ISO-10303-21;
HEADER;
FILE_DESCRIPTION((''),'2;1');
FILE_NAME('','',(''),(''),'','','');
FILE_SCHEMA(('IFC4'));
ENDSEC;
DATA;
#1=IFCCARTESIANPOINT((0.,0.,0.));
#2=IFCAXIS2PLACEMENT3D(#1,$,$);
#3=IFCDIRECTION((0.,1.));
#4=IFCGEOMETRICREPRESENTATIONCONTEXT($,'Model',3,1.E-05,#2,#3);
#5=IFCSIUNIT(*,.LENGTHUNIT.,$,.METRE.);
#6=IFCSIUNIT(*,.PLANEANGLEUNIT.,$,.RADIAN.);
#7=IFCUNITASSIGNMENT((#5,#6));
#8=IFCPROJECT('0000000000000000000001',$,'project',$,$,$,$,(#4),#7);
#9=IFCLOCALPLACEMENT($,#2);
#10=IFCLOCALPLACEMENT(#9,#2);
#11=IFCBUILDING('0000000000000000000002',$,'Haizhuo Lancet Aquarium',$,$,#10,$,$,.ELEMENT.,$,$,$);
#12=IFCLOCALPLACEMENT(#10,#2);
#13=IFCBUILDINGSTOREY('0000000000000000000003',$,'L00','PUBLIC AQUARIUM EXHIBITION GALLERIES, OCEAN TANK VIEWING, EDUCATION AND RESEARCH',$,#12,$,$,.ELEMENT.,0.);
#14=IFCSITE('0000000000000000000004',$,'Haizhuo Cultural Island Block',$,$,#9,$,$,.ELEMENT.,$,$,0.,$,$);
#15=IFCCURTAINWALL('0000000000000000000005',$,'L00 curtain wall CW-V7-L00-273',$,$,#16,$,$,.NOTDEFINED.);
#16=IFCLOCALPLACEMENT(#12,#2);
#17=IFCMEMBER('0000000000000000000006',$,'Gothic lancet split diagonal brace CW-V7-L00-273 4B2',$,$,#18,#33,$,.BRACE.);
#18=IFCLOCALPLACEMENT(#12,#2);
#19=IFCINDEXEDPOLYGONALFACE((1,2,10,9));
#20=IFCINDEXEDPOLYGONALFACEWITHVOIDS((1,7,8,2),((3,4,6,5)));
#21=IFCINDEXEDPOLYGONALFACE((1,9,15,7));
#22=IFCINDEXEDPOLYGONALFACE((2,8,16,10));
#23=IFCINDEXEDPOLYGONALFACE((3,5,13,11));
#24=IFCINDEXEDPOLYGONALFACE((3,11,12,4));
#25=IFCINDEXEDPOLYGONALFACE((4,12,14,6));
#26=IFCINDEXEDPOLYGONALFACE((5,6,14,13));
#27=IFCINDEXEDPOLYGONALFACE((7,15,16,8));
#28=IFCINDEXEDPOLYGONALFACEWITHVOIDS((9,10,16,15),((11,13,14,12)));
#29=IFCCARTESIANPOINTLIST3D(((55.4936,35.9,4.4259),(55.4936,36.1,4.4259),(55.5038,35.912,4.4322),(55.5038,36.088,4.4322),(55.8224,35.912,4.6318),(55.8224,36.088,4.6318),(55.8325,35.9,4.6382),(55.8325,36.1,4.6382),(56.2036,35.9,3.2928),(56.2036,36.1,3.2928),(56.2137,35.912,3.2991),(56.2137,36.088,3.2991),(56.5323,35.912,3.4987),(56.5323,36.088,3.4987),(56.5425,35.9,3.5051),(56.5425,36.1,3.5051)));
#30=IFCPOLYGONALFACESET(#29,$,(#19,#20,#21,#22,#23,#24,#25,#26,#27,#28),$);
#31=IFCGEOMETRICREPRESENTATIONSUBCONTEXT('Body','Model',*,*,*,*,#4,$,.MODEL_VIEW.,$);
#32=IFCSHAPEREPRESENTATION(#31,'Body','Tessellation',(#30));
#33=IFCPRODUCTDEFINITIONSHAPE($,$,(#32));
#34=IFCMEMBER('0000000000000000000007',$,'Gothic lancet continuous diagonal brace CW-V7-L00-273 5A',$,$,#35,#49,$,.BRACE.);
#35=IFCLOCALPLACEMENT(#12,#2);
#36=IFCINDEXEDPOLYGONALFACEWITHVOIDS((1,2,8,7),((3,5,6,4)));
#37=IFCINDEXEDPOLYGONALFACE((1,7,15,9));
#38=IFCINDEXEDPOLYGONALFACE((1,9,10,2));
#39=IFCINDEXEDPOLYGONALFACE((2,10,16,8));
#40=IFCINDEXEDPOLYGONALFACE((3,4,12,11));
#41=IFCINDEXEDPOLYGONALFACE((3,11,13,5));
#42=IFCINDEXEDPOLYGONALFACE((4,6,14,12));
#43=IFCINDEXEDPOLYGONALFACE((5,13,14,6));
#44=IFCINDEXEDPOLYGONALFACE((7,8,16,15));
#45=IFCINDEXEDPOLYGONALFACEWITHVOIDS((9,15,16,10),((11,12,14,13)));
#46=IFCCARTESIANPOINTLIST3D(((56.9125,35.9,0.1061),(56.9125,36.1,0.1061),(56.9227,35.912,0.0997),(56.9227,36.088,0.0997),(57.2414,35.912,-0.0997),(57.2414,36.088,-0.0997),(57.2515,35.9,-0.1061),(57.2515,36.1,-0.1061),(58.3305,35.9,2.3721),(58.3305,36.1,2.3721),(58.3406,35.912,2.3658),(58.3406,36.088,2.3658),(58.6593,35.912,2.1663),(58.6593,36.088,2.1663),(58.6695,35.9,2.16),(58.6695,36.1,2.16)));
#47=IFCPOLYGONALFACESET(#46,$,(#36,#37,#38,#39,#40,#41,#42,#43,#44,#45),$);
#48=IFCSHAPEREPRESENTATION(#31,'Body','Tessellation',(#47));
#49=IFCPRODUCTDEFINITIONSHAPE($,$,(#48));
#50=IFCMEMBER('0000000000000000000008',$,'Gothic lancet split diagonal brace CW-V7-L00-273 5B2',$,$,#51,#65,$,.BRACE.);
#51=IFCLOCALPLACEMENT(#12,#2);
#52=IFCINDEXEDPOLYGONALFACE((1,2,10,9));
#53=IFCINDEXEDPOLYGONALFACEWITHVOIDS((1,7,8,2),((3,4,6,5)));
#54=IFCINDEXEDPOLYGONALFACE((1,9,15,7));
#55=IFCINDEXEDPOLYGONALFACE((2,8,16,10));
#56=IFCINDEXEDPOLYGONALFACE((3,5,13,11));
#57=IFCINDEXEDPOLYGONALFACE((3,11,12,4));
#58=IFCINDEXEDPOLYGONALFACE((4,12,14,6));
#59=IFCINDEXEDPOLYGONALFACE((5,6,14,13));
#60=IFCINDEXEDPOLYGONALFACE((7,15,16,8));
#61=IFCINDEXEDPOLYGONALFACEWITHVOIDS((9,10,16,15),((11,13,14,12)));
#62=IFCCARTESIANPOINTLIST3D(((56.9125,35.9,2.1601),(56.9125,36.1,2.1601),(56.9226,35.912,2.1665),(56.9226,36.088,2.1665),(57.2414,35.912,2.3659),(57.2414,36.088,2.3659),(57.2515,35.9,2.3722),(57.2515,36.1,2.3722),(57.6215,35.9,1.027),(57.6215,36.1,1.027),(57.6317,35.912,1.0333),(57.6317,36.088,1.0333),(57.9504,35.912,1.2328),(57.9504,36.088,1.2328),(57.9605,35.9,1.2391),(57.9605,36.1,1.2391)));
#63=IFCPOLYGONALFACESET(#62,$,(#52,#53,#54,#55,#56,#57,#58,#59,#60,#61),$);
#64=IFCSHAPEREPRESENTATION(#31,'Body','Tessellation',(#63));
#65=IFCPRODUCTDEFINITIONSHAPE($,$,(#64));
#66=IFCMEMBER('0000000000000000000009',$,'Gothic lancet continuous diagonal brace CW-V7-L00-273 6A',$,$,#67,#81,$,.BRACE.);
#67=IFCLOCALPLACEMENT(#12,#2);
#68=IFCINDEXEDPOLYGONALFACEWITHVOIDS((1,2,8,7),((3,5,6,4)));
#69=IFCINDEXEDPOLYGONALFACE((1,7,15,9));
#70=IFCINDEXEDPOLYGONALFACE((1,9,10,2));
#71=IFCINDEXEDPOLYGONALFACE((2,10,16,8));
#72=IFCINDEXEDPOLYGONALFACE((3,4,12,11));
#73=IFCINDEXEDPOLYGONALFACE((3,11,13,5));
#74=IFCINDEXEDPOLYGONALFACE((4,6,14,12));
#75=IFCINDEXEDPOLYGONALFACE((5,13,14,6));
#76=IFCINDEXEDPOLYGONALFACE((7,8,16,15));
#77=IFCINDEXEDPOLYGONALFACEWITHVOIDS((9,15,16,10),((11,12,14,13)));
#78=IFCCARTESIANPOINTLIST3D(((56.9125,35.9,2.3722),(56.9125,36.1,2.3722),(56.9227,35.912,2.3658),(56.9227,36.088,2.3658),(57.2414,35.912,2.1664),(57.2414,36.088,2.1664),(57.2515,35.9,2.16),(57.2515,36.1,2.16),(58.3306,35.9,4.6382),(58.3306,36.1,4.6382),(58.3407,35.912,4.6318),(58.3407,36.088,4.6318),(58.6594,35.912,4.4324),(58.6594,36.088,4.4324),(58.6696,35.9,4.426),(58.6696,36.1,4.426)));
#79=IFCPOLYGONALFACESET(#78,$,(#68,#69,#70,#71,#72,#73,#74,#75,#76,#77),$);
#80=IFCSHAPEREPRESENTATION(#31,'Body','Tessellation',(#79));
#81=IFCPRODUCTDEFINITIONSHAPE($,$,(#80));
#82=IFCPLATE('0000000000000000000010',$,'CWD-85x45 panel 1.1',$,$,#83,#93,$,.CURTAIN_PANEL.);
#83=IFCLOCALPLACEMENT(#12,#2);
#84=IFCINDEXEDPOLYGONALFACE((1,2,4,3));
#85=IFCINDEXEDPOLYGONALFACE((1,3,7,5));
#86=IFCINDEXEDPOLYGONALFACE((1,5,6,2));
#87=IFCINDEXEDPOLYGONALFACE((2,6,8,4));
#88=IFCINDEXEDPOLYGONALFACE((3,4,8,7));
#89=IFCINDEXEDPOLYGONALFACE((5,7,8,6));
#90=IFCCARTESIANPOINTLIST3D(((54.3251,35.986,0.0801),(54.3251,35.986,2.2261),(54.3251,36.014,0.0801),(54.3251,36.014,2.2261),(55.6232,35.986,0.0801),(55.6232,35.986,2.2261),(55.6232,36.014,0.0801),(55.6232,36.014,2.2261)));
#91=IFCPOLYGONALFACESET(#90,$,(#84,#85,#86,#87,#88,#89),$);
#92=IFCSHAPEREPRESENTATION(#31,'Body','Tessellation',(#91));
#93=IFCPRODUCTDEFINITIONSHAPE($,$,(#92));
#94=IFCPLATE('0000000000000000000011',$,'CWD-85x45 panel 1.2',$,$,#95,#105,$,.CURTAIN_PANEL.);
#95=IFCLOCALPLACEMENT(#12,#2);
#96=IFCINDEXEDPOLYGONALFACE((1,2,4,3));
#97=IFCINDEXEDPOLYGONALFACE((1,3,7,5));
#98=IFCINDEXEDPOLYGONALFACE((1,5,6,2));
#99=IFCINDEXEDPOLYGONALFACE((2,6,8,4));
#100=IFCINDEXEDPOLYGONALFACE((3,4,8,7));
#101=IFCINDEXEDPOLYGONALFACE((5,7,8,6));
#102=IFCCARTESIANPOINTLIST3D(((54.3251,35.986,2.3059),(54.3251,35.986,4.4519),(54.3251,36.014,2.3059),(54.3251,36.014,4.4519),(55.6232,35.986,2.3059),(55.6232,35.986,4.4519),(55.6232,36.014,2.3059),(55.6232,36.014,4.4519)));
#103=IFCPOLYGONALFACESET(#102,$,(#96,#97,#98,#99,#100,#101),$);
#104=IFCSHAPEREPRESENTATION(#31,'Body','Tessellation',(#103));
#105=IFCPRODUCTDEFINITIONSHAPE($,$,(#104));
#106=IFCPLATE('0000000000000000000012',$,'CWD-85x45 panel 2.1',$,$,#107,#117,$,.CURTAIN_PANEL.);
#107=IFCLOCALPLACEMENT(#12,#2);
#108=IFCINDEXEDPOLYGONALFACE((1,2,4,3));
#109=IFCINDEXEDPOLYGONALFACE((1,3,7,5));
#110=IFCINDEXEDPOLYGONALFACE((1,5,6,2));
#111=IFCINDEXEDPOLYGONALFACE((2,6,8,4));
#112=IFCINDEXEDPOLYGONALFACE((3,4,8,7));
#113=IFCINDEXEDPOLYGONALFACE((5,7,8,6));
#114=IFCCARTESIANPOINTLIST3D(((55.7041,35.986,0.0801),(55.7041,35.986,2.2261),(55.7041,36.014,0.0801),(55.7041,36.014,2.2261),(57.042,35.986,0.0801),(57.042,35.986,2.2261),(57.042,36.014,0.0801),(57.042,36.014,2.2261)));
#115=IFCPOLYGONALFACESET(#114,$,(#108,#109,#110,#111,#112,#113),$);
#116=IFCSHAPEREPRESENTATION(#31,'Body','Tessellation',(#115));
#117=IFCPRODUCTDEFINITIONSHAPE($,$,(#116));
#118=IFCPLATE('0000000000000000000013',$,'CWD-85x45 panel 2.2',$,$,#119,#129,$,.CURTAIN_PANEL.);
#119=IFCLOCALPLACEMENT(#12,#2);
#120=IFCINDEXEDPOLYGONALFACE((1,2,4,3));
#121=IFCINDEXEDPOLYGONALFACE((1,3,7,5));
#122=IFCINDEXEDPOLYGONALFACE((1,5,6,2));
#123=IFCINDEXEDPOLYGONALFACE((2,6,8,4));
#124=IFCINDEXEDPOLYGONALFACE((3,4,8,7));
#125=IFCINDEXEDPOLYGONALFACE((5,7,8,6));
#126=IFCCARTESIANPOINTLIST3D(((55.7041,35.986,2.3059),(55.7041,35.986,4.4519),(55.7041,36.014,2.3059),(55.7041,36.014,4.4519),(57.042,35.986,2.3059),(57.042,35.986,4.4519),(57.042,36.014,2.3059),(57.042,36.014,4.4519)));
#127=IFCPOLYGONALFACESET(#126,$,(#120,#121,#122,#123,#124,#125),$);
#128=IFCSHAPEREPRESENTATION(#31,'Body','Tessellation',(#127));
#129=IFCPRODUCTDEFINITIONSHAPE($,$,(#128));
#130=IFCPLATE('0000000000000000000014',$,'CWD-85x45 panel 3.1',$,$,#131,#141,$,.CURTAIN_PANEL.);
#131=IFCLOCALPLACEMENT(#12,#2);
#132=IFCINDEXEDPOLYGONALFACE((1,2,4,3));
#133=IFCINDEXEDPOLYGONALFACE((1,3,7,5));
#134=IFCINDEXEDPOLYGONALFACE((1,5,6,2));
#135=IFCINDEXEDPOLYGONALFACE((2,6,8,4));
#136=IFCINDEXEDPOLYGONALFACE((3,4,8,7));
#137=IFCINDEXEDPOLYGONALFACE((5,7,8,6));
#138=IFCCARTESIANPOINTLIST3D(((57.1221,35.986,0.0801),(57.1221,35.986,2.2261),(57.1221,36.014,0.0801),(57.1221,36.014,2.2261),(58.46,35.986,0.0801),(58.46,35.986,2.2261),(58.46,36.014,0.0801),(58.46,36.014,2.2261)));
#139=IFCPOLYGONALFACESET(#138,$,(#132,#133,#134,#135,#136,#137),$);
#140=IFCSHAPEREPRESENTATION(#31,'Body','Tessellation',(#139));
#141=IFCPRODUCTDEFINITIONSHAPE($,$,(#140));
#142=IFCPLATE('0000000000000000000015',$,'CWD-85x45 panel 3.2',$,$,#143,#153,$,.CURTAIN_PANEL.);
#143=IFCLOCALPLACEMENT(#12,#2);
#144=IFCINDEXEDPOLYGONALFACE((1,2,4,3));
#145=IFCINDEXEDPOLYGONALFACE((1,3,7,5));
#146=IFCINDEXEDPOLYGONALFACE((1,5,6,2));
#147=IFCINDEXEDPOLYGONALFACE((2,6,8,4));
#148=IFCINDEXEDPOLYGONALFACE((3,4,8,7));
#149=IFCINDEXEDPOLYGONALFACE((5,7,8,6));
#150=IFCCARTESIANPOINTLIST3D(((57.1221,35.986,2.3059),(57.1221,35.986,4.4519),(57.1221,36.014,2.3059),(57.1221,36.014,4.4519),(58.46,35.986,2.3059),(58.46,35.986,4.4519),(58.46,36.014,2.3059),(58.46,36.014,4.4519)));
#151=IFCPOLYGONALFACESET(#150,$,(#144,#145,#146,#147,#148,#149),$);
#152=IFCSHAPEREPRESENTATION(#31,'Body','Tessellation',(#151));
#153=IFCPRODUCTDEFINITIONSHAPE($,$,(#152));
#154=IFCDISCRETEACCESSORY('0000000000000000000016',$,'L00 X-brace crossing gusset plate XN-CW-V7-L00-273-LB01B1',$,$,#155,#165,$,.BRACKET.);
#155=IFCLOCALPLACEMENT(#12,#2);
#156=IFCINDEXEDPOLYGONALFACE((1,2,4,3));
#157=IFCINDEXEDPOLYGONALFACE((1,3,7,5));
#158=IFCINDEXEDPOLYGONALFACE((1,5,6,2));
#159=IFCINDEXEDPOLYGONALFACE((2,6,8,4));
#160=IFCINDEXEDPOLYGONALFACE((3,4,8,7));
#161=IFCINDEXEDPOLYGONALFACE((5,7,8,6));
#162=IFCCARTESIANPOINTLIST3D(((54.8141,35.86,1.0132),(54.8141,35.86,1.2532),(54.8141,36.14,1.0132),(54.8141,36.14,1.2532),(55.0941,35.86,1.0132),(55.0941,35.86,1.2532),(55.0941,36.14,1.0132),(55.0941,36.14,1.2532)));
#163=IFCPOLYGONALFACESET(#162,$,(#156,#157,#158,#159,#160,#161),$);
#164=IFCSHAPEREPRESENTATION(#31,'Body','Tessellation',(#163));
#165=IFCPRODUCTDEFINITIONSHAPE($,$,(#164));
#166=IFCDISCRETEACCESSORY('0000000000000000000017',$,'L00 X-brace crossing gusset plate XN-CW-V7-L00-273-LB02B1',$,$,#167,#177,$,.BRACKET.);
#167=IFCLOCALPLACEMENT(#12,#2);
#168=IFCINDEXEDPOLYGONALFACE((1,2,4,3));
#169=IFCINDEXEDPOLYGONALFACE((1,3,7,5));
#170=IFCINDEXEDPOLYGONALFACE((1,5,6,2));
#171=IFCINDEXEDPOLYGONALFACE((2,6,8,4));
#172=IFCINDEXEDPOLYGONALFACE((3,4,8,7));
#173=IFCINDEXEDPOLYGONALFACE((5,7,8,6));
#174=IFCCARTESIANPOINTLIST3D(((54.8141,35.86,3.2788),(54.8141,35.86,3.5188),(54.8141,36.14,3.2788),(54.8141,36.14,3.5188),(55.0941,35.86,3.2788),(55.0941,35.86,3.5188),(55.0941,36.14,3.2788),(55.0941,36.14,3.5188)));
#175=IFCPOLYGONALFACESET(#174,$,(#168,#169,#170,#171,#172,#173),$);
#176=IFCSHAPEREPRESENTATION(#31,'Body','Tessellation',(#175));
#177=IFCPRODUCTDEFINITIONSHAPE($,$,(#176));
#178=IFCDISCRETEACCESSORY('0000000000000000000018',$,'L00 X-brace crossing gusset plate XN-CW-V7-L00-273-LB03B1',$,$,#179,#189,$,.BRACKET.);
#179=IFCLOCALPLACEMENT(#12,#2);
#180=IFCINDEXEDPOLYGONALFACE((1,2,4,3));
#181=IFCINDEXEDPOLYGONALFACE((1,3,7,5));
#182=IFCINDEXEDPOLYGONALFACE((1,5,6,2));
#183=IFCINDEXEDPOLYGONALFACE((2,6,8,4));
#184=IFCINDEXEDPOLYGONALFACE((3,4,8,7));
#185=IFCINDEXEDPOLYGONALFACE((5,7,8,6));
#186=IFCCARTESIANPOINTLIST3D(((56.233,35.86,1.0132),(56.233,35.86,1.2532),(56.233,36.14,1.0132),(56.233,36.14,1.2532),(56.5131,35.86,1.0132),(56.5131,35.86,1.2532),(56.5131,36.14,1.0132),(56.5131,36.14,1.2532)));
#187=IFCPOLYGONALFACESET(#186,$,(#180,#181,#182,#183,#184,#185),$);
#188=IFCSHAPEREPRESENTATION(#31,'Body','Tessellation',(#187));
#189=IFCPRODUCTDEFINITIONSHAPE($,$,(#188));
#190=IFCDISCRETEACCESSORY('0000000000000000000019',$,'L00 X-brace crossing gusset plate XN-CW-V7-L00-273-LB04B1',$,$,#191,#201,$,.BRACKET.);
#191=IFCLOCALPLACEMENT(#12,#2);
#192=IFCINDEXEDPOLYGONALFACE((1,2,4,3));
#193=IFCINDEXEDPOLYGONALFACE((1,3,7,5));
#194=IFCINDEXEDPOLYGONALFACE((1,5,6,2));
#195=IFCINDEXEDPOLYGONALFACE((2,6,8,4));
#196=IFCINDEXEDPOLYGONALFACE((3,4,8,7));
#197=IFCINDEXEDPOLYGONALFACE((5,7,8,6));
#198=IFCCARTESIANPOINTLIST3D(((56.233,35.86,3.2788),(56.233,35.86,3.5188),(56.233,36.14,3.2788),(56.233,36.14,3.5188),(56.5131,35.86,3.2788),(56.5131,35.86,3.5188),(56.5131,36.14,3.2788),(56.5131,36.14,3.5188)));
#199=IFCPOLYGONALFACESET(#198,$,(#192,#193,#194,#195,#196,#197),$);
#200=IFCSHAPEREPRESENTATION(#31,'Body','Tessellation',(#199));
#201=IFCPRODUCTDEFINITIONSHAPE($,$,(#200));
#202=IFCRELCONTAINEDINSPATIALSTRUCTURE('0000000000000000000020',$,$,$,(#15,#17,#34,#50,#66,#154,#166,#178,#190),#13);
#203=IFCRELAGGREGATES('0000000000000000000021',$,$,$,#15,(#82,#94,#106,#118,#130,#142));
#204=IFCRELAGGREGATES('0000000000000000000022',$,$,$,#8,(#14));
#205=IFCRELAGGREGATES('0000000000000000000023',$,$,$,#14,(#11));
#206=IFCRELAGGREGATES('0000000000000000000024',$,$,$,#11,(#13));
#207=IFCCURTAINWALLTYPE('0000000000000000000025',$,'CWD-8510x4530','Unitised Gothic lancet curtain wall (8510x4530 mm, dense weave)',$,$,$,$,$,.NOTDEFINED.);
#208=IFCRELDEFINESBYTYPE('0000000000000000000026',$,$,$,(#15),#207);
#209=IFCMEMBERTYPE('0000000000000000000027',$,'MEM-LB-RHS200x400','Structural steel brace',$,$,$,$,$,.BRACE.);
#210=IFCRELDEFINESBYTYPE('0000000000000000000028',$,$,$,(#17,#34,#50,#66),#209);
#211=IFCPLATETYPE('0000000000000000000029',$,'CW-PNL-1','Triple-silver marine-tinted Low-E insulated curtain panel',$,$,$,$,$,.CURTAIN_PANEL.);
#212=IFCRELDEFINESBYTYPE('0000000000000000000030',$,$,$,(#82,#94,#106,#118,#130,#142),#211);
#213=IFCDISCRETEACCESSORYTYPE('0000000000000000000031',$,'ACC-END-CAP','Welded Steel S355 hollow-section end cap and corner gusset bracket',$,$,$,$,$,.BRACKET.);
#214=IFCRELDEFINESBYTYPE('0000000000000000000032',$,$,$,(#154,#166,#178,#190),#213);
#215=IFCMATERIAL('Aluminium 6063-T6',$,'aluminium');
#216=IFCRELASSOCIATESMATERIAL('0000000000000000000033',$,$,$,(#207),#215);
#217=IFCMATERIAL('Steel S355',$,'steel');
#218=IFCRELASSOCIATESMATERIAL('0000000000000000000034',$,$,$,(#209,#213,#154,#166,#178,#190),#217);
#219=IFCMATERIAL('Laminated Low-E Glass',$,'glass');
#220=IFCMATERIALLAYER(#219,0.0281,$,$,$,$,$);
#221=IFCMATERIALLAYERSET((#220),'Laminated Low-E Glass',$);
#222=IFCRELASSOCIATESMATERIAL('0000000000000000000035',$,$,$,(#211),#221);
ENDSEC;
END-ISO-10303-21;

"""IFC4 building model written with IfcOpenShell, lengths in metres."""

from ifc_helpers import new_model, si_unit, direction, frame, origin, origin_2d, place, context, subcontext, project, spatial, rectangle, hollow_rectangle, extrude, material, layer, layer_set, material_profile, profile_set, type_object, element, aggregate, save


model = new_model("IFC4")

# Units and contexts
model_context = context("Model", 3, precision=1e-05, world=origin(), true_north=direction((0.0, 1.0)))
body_context = subcontext(model_context, "Body", "Model", "MODEL_VIEW")
ifc_project = project(units=[si_unit("LENGTHUNIT", "METRE"), si_unit("PLANEANGLEUNIT", "RADIAN")], contexts=[model_context])

# Site, building, storey
site_placement = place(None, origin())
site = spatial("IfcSite", under=ifc_project, at=site_placement, Name="Haizhuo Cultural Island Block", CompositionType="ELEMENT", RefElevation=0.0)
building_placement = place(site_placement, origin())
building = spatial("IfcBuilding", under=site, at=building_placement, Name="Haizhuo Lancet Aquarium", CompositionType="ELEMENT")
storey_placement = place(building_placement, origin())
storey = spatial("IfcBuildingStorey", under=building, at=storey_placement, Name="L00", Description="PUBLIC AQUARIUM EXHIBITION GALLERIES, OCEAN TANK VIEWING, EDUCATION AND RESEARCH", CompositionType="ELEMENT", Elevation=0.0)

# Curtain wall
ifc_material_1 = material(Name="Aluminium 6063-T6", Category="aluminium")
curtain_wall_type = type_object("IfcCurtainWallType", Name="CWD-8510x4530", Description="Unitised Gothic lancet curtain wall (8510x4530 mm, dense weave)", PredefinedType="NOTDEFINED", material=ifc_material_1)
curtain_wall_placement = place(storey_placement, origin())
curtain_wall = element("IfcCurtainWall", 1, at=curtain_wall_placement, inside=storey, type_object=curtain_wall_type, Name="L00 curtain wall CW-V7-L00-273", PredefinedType="NOTDEFINED")

# Members
ifc_material_2 = material(Name="Steel S355", Category="steel")
ifc_material_profile_1 = material_profile(ifc_material_2, hollow_rectangle(XDim=0.2, YDim=0.3999, WallThickness=0.012, at=origin_2d()), Name="RHS 200x400x12")
ifc_profile_set_1 = profile_set([ifc_material_profile_1], Name="Steel S355")
member_type_1 = type_object("IfcMemberType", Name="MEM-LB-RHS200x400", Description="Structural steel brace", PredefinedType="BRACE", material=ifc_profile_set_1)
member_1_placement = place(storey_placement, frame((56.373, 36.0, 3.3989), z_axis=(-0.530967, 0.0, 0.847393), x_axis=(0.0, -1.0, 0.0)))
element("IfcMember", 2, at=member_1_placement, inside=storey, type_object=member_type_1, Name="Gothic lancet split diagonal brace CW-V7-L00-273 4B2", PredefinedType="BRACE", context=body_context, shape_type="SweptSolid", body=[
    extrude(hollow_rectangle(XDim=0.2, YDim=0.3999, WallThickness=0.012, at=origin_2d()), origin(), (0.0, 0.0, 1.0), 1.3372),
])
member_2_placement = place(storey_placement, frame((57.082, 36.0, 0.0), z_axis=(0.530442, 0.0, 0.847721), x_axis=(0.0, 1.0, 0.0)))
element("IfcMember", 3, at=member_2_placement, inside=storey, type_object=member_type_1, Name="Gothic lancet continuous diagonal brace CW-V7-L00-273 5A", PredefinedType="BRACE", context=body_context, shape_type="SweptSolid", body=[
    extrude(hollow_rectangle(XDim=0.2, YDim=0.3999, WallThickness=0.012, at=origin_2d()), origin(), (0.0, 0.0, 1.0), 2.6731),
])
member_3_placement = place(storey_placement, frame((57.791, 36.0, 1.1331), z_axis=(-0.530442, 0.0, 0.847721), x_axis=(0.0, -1.0, 0.0)))
element("IfcMember", 4, at=member_3_placement, inside=storey, type_object=member_type_1, Name="Gothic lancet split diagonal brace CW-V7-L00-273 5B2", PredefinedType="BRACE", context=body_context, shape_type="SweptSolid", body=[
    extrude(hollow_rectangle(XDim=0.2, YDim=0.3999, WallThickness=0.012, at=origin_2d()), origin(), (0.0, 0.0, 1.0), 1.3367),
])
member_4_placement = place(storey_placement, frame((57.082, 36.0, 2.2661), z_axis=(0.530483, 0.0, 0.847695), x_axis=(0.0, 1.0, 0.0)))
element("IfcMember", 5, at=member_4_placement, inside=storey, type_object=member_type_1, Name="Gothic lancet continuous diagonal brace CW-V7-L00-273 6A", PredefinedType="BRACE", context=body_context, shape_type="SweptSolid", body=[
    extrude(hollow_rectangle(XDim=0.2, YDim=0.3999, WallThickness=0.012, at=origin_2d()), origin(), (0.0, 0.0, 1.0), 2.6731),
])

# Plates
ifc_material_3 = material(Name="Laminated Low-E Glass", Category="glass")
ifc_layer = layer(ifc_material_3, 0.0281)
ifc_layer_set = layer_set([ifc_layer], Name="Laminated Low-E Glass")
plate_type = type_object("IfcPlateType", Name="CW-PNL-1", Description="Triple-silver marine-tinted Low-E insulated curtain panel", PredefinedType="CURTAIN_PANEL", material=ifc_layer_set)
plate_1_placement = place(storey_placement, frame((54.9741, 36.0, 0.0801), z_axis=(0.0, 0.0, 1.0), x_axis=(1.0, 0.0, 0.0)))
plate_1 = element("IfcPlate", 6, at=plate_1_placement, type_object=plate_type, Name="CWD-85x45 panel 1.1", PredefinedType="CURTAIN_PANEL", context=body_context, shape_type="SweptSolid", body=[
    extrude(rectangle(XDim=1.2981, YDim=0.0281, at=origin_2d()), origin(), (0.0, 0.0, 1.0), 2.146),
])
plate_2_placement = place(storey_placement, frame((54.9741, 36.0, 2.3059), z_axis=(0.0, 0.0, 1.0), x_axis=(1.0, 0.0, 0.0)))
plate_2 = element("IfcPlate", 7, at=plate_2_placement, type_object=plate_type, Name="CWD-85x45 panel 1.2", PredefinedType="CURTAIN_PANEL", context=body_context, shape_type="SweptSolid", body=[
    extrude(rectangle(XDim=1.2981, YDim=0.0281, at=origin_2d()), origin(), (0.0, 0.0, 1.0), 2.146),
])
plate_3_placement = place(storey_placement, frame((56.373, 36.0, 0.0801), z_axis=(0.0, 0.0, 1.0), x_axis=(1.0, 0.0, 0.0)))
plate_3 = element("IfcPlate", 8, at=plate_3_placement, type_object=plate_type, Name="CWD-85x45 panel 2.1", PredefinedType="CURTAIN_PANEL", context=body_context, shape_type="SweptSolid", body=[
    extrude(rectangle(XDim=1.3379, YDim=0.0281, at=origin_2d()), origin(), (0.0, 0.0, 1.0), 2.146),
])
plate_4_placement = place(storey_placement, frame((56.373, 36.0, 2.3059), z_axis=(0.0, 0.0, 1.0), x_axis=(1.0, 0.0, 0.0)))
plate_4 = element("IfcPlate", 9, at=plate_4_placement, type_object=plate_type, Name="CWD-85x45 panel 2.2", PredefinedType="CURTAIN_PANEL", context=body_context, shape_type="SweptSolid", body=[
    extrude(rectangle(XDim=1.3379, YDim=0.0281, at=origin_2d()), origin(), (0.0, 0.0, 1.0), 2.146),
])
plate_5_placement = place(storey_placement, frame((57.791, 36.0, 0.0801), z_axis=(0.0, 0.0, 1.0), x_axis=(1.0, 0.0, 0.0)))
plate_5 = element("IfcPlate", 10, at=plate_5_placement, type_object=plate_type, Name="CWD-85x45 panel 3.1", PredefinedType="CURTAIN_PANEL", context=body_context, shape_type="SweptSolid", body=[
    extrude(rectangle(XDim=1.3379, YDim=0.0281, at=origin_2d()), origin(), (0.0, 0.0, 1.0), 2.146),
])
plate_6_placement = place(storey_placement, frame((57.791, 36.0, 2.3059), z_axis=(0.0, 0.0, 1.0), x_axis=(1.0, 0.0, 0.0)))
plate_6 = element("IfcPlate", 11, at=plate_6_placement, type_object=plate_type, Name="CWD-85x45 panel 3.2", PredefinedType="CURTAIN_PANEL", context=body_context, shape_type="SweptSolid", body=[
    extrude(rectangle(XDim=1.3379, YDim=0.0281, at=origin_2d()), origin(), (0.0, 0.0, 1.0), 2.146),
])
aggregate(curtain_wall, [plate_1, plate_2, plate_3, plate_4, plate_5, plate_6])

# Discrete accessories
discrete_accessory_type = type_object("IfcDiscreteAccessoryType", Name="ACC-END-CAP", Description="Welded Steel S355 hollow-section end cap and corner gusset bracket", PredefinedType="BRACKET", material=ifc_material_2)
for number, where, z_axis, x_axis, name in (
    (12, (54.9541, 36.0, 1.0132), (0.0, 0.0, 1.0), (1.0, 0.0, 0.0), "L00 X-brace crossing gusset plate XN-CW-V7-L00-273-LB01B1"),
    (13, (54.9541, 36.0, 3.2788), (0.0, 0.0, 1.0), (1.0, 0.0, 0.0), "L00 X-brace crossing gusset plate XN-CW-V7-L00-273-LB02B1"),
    (14, (56.373, 36.0, 1.0132), (0.0, 0.0, 1.0), (1.0, 0.0, 0.0), "L00 X-brace crossing gusset plate XN-CW-V7-L00-273-LB03B1"),
    (15, (56.373, 36.0, 3.2788), (0.0, 0.0, 1.0), (1.0, 0.0, 0.0), "L00 X-brace crossing gusset plate XN-CW-V7-L00-273-LB04B1"),
):
    element("IfcDiscreteAccessory", number, at=place(storey_placement, frame(where, z_axis=z_axis, x_axis=x_axis)), inside=storey, type_object=discrete_accessory_type, material=ifc_material_2, Name=name, PredefinedType="BRACKET", context=body_context, shape_type="SweptSolid", body=[
        extrude(rectangle(XDim=0.28, YDim=0.28, at=origin_2d()), origin(), (0.0, 0.0, 1.0), 0.24),
    ])

save(model, "model.ifc")
